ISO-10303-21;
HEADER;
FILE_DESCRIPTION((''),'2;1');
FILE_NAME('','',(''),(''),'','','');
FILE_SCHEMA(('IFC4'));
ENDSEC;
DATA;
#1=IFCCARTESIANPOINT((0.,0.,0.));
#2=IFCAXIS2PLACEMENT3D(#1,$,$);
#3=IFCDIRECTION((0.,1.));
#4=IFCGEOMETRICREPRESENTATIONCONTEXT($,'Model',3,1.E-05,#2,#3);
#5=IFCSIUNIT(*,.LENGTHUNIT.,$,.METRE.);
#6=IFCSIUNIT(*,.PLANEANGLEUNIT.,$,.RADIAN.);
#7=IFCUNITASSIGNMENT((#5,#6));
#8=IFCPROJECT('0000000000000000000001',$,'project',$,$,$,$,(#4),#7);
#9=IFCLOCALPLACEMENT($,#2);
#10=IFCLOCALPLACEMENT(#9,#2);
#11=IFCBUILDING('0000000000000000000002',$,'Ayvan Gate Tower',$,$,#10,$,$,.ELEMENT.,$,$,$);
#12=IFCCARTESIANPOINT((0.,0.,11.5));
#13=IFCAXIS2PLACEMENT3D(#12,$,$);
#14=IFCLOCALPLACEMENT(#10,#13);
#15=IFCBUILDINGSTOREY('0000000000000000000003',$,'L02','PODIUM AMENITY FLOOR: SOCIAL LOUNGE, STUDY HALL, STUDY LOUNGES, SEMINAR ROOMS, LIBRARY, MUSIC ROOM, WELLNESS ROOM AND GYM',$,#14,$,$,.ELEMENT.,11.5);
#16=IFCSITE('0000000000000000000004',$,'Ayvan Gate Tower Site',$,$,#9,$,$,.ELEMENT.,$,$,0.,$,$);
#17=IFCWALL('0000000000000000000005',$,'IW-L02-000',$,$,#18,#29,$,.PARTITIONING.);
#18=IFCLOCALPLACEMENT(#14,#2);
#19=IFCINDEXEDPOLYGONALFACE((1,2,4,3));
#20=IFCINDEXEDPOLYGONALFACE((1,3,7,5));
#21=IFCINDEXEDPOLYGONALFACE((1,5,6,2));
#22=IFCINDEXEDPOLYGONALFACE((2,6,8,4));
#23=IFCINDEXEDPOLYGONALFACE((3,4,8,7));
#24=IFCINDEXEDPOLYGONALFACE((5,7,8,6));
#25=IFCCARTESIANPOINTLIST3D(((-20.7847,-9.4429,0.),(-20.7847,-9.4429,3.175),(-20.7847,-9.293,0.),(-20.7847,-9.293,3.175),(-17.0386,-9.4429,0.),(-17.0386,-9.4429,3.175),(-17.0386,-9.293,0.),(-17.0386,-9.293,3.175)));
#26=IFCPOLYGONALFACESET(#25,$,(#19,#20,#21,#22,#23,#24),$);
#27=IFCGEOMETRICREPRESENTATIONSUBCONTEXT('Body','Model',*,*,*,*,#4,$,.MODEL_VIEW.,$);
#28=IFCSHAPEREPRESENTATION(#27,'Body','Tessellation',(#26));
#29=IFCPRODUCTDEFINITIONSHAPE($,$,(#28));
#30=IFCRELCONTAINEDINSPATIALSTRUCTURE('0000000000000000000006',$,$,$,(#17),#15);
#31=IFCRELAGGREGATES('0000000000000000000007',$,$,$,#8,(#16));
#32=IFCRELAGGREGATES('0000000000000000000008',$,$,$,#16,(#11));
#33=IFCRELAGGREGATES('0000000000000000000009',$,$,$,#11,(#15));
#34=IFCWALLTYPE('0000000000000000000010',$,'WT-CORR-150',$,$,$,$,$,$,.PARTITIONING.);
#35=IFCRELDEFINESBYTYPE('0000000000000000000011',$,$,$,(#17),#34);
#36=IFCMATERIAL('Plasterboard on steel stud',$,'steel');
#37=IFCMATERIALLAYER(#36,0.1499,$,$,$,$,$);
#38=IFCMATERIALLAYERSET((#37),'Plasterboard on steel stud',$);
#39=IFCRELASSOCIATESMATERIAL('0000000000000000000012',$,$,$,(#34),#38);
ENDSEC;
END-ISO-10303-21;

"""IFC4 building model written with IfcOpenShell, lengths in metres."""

from ifc_helpers import new_model, si_unit, direction, frame, frame_2d, origin, place, context, subcontext, project, spatial, rectangle, extrude, material, layer, layer_set, type_object, element, save


model = new_model("IFC4")

# Units and contexts
model_context = context("Model", 3, precision=1e-05, world=origin(), true_north=direction((0.0, 1.0)))
body_context = subcontext(model_context, "Body", "Model", "MODEL_VIEW")
ifc_project = project(units=[si_unit("LENGTHUNIT", "METRE"), si_unit("PLANEANGLEUNIT", "RADIAN")], contexts=[model_context])

# Site, building, storey
site_placement = place(None, origin())
site = spatial("IfcSite", under=ifc_project, at=site_placement, Name="Ayvan Gate Tower Site", CompositionType="ELEMENT", RefElevation=0.0)
building_placement = place(site_placement, origin())
building = spatial("IfcBuilding", under=site, at=building_placement, Name="Ayvan Gate Tower", CompositionType="ELEMENT")
storey_placement = place(building_placement, frame((0.0, 0.0, 11.5)))
storey = spatial("IfcBuildingStorey", under=building, at=storey_placement, Name="L02", Description="PODIUM AMENITY FLOOR: SOCIAL LOUNGE, STUDY HALL, STUDY LOUNGES, SEMINAR ROOMS, LIBRARY, MUSIC ROOM, WELLNESS ROOM AND GYM", CompositionType="ELEMENT", Elevation=11.5)

# Wall
ifc_material_1 = material(Name="Plasterboard on steel stud", Category="steel")
ifc_layer_1 = layer(ifc_material_1, 0.1499)
ifc_layer_set_1 = layer_set([ifc_layer_1], Name="Plasterboard on steel stud")
wall_type_1 = type_object("IfcWallType", Name="WT-CORR-150", PredefinedType="PARTITIONING", material=ifc_layer_set_1)
wall_1_placement = place(storey_placement, frame((-20.7847, -9.3679, 0.0), z_axis=(0.0, 0.0, 1.0), x_axis=(1.0, 0.0, 0.0)))
element("IfcWall", 1, at=wall_1_placement, inside=storey, type_object=wall_type_1, Name="IW-L02-000", PredefinedType="PARTITIONING", context=body_context, shape_type="SweptSolid", body=[
    extrude(rectangle(XDim=3.7461, YDim=0.1499, at=frame_2d((1.873, 0.0))), origin(), (0.0, 0.0, 1.0), 3.175),
])

save(model, "model.ifc")
